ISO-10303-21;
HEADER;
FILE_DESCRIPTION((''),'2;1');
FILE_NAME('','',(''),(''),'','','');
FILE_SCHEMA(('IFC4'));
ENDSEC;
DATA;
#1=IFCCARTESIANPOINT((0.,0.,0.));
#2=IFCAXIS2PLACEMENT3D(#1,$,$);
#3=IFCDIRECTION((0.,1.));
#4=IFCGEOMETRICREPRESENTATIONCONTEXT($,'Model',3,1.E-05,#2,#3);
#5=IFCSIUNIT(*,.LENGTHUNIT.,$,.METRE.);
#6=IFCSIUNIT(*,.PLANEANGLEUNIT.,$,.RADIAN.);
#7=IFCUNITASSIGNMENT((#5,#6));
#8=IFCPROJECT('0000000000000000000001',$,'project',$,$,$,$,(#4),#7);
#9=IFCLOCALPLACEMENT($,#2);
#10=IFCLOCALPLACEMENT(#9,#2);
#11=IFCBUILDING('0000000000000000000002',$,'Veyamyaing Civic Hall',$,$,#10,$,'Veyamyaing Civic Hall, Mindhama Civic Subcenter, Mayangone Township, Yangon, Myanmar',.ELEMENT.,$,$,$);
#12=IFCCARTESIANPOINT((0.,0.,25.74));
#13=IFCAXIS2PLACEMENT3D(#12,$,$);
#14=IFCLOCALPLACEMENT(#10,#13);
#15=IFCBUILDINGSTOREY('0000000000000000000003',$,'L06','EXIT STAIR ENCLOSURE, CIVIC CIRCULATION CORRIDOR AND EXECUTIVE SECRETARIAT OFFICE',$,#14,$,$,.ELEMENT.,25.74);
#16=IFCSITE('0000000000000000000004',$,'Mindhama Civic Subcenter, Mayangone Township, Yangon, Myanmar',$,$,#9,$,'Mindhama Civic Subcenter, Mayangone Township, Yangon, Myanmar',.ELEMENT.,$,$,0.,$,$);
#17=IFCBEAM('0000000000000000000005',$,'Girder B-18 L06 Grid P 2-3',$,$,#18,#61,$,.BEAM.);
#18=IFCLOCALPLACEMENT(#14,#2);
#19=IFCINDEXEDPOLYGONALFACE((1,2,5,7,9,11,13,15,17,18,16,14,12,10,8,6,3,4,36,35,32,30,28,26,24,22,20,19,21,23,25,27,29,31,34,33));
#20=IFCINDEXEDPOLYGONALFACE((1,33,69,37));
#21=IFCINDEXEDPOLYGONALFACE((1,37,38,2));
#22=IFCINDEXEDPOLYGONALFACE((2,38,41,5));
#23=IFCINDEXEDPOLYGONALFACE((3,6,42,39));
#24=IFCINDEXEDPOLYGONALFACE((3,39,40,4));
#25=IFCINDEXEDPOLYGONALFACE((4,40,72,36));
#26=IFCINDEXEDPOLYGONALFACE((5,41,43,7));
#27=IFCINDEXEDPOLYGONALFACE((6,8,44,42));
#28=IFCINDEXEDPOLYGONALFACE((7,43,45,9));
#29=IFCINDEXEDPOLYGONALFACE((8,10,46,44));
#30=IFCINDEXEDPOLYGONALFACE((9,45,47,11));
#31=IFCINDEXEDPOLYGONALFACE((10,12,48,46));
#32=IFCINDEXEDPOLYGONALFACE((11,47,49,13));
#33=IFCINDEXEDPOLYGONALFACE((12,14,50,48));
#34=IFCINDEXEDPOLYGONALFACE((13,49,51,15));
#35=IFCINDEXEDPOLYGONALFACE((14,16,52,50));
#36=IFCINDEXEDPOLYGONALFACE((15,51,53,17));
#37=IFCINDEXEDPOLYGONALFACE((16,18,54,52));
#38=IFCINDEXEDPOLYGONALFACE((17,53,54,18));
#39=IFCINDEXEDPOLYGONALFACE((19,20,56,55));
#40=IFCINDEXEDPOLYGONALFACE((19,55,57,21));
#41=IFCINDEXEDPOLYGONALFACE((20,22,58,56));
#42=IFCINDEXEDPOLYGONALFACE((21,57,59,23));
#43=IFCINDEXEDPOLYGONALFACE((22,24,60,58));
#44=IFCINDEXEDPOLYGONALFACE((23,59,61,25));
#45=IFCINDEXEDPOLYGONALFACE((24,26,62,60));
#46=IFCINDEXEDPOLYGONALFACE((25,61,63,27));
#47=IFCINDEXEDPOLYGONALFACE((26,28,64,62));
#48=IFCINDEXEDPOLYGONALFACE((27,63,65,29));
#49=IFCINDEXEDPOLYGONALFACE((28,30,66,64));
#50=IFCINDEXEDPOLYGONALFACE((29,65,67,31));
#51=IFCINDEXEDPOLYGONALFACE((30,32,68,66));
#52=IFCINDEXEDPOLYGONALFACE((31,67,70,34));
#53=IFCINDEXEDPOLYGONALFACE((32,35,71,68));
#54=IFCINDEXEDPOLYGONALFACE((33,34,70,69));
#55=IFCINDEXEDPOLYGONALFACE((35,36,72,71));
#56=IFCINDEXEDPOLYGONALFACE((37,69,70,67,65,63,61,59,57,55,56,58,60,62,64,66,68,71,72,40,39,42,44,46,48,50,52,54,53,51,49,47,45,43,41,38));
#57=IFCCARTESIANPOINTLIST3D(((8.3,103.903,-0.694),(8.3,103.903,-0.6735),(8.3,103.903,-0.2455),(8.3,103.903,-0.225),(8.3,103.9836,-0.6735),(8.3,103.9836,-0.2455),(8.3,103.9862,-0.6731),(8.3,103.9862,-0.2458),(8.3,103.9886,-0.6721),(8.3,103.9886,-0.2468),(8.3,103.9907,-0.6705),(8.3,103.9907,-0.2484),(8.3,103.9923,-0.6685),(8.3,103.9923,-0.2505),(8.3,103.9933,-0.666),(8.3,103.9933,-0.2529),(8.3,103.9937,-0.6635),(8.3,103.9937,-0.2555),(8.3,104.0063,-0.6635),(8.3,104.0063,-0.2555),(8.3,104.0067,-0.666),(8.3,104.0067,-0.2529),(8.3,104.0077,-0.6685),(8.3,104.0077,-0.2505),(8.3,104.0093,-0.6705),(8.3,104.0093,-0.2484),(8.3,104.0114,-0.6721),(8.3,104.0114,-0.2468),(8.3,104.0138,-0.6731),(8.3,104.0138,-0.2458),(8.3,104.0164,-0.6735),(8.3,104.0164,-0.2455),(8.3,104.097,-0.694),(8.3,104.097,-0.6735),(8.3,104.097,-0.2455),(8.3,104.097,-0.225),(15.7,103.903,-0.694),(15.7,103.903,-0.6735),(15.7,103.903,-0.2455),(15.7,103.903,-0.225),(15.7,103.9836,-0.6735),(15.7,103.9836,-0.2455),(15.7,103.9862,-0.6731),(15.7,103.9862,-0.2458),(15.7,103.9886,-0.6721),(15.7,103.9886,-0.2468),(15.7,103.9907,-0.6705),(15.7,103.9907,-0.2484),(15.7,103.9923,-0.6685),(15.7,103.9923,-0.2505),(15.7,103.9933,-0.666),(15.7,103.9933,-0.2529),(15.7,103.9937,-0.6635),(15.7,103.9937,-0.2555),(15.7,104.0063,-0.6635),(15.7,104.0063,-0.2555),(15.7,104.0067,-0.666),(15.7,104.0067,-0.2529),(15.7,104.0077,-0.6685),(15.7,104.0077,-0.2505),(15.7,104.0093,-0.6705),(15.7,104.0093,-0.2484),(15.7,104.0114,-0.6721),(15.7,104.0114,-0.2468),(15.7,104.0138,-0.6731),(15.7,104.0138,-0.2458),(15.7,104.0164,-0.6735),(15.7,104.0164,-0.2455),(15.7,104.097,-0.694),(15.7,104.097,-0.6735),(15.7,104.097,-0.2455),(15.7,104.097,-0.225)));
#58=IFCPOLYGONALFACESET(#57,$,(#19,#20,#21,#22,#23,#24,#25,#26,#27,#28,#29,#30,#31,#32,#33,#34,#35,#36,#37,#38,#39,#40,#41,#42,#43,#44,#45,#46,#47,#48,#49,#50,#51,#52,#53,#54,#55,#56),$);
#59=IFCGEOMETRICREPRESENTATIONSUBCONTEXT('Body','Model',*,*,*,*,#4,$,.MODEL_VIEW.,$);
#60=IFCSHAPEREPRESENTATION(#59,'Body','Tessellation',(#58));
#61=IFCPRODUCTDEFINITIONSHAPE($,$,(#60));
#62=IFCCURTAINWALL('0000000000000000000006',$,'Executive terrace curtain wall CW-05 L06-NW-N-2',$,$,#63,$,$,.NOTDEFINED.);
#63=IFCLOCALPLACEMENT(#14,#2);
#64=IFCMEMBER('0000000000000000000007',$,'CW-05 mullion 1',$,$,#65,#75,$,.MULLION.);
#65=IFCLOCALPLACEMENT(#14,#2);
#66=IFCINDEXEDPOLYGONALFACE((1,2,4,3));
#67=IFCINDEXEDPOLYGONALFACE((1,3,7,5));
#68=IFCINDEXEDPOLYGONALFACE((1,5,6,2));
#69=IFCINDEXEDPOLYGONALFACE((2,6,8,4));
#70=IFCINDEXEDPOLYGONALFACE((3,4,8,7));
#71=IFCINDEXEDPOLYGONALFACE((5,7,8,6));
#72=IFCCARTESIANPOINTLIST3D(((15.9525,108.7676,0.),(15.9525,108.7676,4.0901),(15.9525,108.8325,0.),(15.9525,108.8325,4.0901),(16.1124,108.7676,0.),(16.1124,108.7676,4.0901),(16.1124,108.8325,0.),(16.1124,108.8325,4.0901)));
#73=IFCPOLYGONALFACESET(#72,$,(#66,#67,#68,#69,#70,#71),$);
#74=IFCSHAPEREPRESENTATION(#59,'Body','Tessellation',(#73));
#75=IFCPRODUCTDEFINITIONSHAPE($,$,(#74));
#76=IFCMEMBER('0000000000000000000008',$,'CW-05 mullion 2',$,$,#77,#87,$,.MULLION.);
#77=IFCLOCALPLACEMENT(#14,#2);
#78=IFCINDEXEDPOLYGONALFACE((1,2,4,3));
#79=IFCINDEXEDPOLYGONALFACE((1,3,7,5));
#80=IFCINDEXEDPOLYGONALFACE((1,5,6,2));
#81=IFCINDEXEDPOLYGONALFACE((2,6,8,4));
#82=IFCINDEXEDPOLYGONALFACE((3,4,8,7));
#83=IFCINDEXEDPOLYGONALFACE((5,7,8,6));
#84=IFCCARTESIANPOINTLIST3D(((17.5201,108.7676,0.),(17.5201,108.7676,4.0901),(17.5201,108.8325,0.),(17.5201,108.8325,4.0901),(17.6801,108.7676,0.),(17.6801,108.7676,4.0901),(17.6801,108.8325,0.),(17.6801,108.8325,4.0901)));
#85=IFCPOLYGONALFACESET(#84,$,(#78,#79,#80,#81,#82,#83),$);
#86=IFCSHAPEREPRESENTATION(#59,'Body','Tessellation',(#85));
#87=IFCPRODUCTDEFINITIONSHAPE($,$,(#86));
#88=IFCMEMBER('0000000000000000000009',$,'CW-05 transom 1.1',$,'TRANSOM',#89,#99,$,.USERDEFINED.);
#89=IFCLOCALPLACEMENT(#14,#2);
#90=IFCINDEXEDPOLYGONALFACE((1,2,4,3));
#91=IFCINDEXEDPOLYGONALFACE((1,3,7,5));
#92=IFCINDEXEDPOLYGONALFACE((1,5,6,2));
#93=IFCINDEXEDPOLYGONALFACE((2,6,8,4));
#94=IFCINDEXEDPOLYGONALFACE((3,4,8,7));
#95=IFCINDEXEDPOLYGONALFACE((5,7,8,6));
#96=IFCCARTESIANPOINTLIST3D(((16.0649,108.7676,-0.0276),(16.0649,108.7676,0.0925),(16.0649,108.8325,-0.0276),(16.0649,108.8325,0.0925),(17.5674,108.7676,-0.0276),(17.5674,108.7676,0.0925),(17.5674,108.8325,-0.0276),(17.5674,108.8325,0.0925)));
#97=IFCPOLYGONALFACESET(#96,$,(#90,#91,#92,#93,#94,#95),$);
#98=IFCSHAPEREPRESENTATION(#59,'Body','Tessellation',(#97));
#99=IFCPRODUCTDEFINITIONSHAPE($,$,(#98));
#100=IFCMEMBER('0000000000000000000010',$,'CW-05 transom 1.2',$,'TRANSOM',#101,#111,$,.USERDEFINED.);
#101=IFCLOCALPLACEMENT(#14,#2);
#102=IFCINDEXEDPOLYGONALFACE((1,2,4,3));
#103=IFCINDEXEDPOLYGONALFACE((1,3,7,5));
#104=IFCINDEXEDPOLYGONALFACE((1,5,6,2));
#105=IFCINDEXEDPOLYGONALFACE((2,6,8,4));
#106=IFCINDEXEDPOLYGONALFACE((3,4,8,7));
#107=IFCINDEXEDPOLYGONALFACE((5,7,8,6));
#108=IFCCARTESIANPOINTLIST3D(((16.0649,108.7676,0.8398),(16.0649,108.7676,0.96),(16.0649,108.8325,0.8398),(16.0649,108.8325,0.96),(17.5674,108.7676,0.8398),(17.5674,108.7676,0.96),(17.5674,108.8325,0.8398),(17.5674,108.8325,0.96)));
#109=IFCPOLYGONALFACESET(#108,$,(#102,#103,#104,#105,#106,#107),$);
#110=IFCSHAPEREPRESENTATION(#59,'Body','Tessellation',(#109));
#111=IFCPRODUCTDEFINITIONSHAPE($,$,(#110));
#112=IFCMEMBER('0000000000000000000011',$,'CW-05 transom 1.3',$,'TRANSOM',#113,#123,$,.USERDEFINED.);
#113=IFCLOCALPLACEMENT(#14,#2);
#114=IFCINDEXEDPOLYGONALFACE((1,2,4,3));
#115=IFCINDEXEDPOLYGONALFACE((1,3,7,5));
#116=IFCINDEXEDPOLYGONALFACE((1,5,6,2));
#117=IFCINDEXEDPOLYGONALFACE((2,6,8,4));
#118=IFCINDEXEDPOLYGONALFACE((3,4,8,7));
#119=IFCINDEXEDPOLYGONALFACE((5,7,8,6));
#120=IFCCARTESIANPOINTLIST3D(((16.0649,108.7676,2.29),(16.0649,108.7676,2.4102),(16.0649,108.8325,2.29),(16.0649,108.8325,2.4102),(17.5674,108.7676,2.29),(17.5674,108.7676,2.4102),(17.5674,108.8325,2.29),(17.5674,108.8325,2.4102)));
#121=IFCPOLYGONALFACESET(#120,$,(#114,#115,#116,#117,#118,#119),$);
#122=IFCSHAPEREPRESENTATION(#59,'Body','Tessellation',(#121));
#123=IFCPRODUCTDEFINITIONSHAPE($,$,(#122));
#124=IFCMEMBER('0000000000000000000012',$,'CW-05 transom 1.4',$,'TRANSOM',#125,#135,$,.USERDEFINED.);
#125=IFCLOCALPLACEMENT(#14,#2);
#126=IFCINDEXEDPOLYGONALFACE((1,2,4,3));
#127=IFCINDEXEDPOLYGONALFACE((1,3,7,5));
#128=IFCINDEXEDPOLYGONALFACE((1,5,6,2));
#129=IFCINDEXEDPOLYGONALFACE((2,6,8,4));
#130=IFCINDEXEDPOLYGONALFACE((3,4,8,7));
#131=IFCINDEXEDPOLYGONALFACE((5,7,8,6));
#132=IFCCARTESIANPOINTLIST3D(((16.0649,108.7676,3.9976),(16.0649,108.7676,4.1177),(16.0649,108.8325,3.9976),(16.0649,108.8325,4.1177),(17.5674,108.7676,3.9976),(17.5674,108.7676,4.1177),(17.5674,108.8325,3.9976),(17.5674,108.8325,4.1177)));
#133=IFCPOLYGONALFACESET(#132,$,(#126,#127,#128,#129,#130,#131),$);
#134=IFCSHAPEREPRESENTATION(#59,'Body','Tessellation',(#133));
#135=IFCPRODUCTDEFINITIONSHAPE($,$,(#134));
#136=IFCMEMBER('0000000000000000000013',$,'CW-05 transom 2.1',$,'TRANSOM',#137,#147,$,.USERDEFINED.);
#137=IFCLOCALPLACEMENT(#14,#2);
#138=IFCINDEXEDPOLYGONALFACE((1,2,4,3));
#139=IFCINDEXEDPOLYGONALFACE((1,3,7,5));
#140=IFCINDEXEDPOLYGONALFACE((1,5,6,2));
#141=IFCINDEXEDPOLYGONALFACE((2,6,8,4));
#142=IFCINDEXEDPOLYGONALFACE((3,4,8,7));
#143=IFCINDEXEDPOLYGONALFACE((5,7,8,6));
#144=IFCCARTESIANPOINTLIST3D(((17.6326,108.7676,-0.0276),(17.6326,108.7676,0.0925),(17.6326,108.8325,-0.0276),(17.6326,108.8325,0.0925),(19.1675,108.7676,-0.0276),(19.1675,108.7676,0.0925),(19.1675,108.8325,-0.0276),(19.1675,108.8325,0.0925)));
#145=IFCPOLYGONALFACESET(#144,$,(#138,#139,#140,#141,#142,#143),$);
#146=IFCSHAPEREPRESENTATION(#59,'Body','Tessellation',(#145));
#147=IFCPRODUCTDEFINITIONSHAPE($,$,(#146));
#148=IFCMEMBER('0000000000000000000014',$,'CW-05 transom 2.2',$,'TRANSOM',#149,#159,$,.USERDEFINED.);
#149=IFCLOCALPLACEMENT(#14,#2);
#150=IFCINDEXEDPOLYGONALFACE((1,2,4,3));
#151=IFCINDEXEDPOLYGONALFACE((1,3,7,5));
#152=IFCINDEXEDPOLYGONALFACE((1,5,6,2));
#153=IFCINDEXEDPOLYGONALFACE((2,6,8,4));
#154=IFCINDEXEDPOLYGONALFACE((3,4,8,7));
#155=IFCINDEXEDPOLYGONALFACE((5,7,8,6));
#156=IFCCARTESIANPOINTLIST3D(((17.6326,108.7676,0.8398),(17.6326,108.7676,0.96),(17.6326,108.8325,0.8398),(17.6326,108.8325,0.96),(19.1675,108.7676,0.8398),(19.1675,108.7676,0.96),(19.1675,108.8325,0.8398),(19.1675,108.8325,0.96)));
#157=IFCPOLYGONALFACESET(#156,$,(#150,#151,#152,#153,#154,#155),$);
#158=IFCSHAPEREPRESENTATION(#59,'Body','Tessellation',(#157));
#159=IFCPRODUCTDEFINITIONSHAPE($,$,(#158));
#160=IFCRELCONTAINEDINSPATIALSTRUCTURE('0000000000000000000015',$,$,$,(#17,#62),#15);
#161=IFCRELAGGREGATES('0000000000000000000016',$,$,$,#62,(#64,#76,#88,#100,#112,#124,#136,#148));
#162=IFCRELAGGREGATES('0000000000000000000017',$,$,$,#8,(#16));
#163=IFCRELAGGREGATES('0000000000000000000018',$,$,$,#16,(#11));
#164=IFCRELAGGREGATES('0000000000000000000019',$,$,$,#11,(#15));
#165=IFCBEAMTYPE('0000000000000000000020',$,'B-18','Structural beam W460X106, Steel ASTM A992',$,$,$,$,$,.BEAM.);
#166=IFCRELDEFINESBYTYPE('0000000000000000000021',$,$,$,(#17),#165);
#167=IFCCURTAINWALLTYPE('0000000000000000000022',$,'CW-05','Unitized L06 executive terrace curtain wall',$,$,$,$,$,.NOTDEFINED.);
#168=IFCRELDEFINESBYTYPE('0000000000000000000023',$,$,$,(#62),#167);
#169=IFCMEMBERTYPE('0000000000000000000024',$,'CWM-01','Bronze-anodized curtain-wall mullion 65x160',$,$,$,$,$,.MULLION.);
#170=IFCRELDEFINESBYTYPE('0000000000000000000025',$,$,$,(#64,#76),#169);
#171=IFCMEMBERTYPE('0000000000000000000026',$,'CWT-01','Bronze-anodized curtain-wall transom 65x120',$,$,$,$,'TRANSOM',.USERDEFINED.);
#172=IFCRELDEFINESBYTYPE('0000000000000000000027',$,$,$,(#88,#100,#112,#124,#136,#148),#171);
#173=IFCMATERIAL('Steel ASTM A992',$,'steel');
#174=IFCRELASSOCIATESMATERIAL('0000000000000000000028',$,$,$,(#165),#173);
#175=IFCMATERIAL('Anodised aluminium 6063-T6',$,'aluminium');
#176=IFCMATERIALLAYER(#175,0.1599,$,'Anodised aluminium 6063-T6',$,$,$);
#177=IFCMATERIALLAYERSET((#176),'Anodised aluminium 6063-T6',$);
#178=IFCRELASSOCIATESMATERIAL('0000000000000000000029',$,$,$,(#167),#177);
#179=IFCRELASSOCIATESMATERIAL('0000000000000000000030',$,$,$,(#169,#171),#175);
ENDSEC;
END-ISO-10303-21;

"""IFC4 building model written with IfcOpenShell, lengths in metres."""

from ifc_helpers import new_model, si_unit, direction, frame, origin, origin_2d, place, context, subcontext, project, spatial, rectangle, i_section, extrude, material, layer, layer_set, material_profile, profile_set, type_object, element, aggregate, save


model = new_model("IFC4")

# Units and contexts
model_context = context("Model", 3, precision=1e-05, world=origin(), true_north=direction((0.0, 1.0)))
body_context = subcontext(model_context, "Body", "Model", "MODEL_VIEW")
ifc_project = project(units=[si_unit("LENGTHUNIT", "METRE"), si_unit("PLANEANGLEUNIT", "RADIAN")], contexts=[model_context])

# Site, building, storey
site_placement = place(None, origin())
site = spatial("IfcSite", under=ifc_project, at=site_placement, Name="Mindhama Civic Subcenter, Mayangone Township, Yangon, Myanmar", LongName="Mindhama Civic Subcenter, Mayangone Township, Yangon, Myanmar", CompositionType="ELEMENT", RefElevation=0.0)
building_placement = place(site_placement, origin())
building = spatial("IfcBuilding", under=site, at=building_placement, Name="Veyamyaing Civic Hall", LongName="Veyamyaing Civic Hall, Mindhama Civic Subcenter, Mayangone Township, Yangon, Myanmar", CompositionType="ELEMENT")
storey_placement = place(building_placement, frame((0.0, 0.0, 25.74)))
storey = spatial("IfcBuildingStorey", under=building, at=storey_placement, Name="L06", Description="EXIT STAIR ENCLOSURE, CIVIC CIRCULATION CORRIDOR AND EXECUTIVE SECRETARIAT OFFICE", CompositionType="ELEMENT", Elevation=25.74)

# Beam
ifc_material_1 = material(Name="Steel ASTM A992", Category="steel")
ifc_material_profile_1 = material_profile(ifc_material_1, i_section(OverallWidth=0.1941, OverallDepth=0.469, WebThickness=0.0127, FlangeThickness=0.0205, FilletRadius=0.01, at=origin_2d()), Name="W460X106")
ifc_profile_set_1 = profile_set([ifc_material_profile_1], Name="Steel ASTM A992")
beam_type_1 = type_object("IfcBeamType", Name="B-18", Description="Structural beam W460X106, Steel ASTM A992", PredefinedType="BEAM", material=ifc_profile_set_1)
beam_1_placement = place(storey_placement, frame((8.3, 104.0, -0.4595), z_axis=(1.0, 0.0, 0.0), x_axis=(0.0, 1.0, 0.0)))
element("IfcBeam", 1, at=beam_1_placement, inside=storey, type_object=beam_type_1, Name="Girder B-18 L06 Grid P 2-3", PredefinedType="BEAM", context=body_context, shape_type="SweptSolid", body=[
    extrude(i_section(OverallWidth=0.1941, OverallDepth=0.469, WebThickness=0.0127, FlangeThickness=0.0205, FilletRadius=0.01, at=origin_2d()), origin(), (0.0, 0.0, 1.0), 7.3999),
])

# Curtain wall, members
ifc_material_2 = material(Name="Anodised aluminium 6063-T6", Category="aluminium")
ifc_layer_1 = layer(ifc_material_2, 0.1599, Name="Anodised aluminium 6063-T6")
ifc_layer_set_1 = layer_set([ifc_layer_1], Name="Anodised aluminium 6063-T6")
curtain_wall_type = type_object("IfcCurtainWallType", Name="CW-05", Description="Unitized L06 executive terrace curtain wall", PredefinedType="NOTDEFINED", material=ifc_layer_set_1)
curtain_wall_placement = place(storey_placement, origin())
curtain_wall = element("IfcCurtainWall", 2, at=curtain_wall_placement, inside=storey, type_object=curtain_wall_type, Name="Executive terrace curtain wall CW-05 L06-NW-N-2", PredefinedType="NOTDEFINED")
ifc_material_profile_2 = material_profile(ifc_material_2, rectangle(XDim=0.0649, YDim=0.1599, at=origin_2d()), Name="ALU-MUL-65X160")
ifc_profile_set_2 = profile_set([ifc_material_profile_2], Name="Anodised aluminium 6063-T6")
member_type_1 = type_object("IfcMemberType", Name="CWM-01", Description="Bronze-anodized curtain-wall mullion 65x160", PredefinedType="MULLION", material=ifc_profile_set_2)
member_1_placement = place(storey_placement, frame((16.0325, 108.8, 0.0), z_axis=(0.0, 0.0, 1.0), x_axis=(0.0, 1.0, 0.0)))
member_1 = element("IfcMember", 3, at=member_1_placement, type_object=member_type_1, Name="CW-05 mullion 1", PredefinedType="MULLION", context=body_context, shape_type="SweptSolid", body=[
    extrude(rectangle(XDim=0.0649, YDim=0.1599, at=origin_2d()), origin(), (0.0, 0.0, 1.0), 4.0901),
])
member_2_placement = place(storey_placement, frame((17.6001, 108.8, 0.0), z_axis=(0.0, 0.0, 1.0), x_axis=(0.0, 1.0, 0.0)))
member_2 = element("IfcMember", 4, at=member_2_placement, type_object=member_type_1, Name="CW-05 mullion 2", PredefinedType="MULLION", context=body_context, shape_type="SweptSolid", body=[
    extrude(rectangle(XDim=0.0649, YDim=0.1599, at=origin_2d()), origin(), (0.0, 0.0, 1.0), 4.0901),
])
ifc_material_profile_3 = material_profile(ifc_material_2, rectangle(XDim=0.0649, YDim=0.1201, at=origin_2d()), Name="ALU-TRN-65X120")
ifc_profile_set_3 = profile_set([ifc_material_profile_3], Name="Anodised aluminium 6063-T6")
member_type_2 = type_object("IfcMemberType", Name="CWT-01", Description="Bronze-anodized curtain-wall transom 65x120", ElementType="TRANSOM", PredefinedType="USERDEFINED", material=ifc_profile_set_3)
member_3_placement = place(storey_placement, frame((16.0649, 108.8, 0.0325), z_axis=(1.0, 0.0, 0.0), x_axis=(0.0, 1.0, 0.0)))
member_3 = element("IfcMember", 5, at=member_3_placement, type_object=member_type_2, Name="CW-05 transom 1.1", ObjectType="TRANSOM", PredefinedType="USERDEFINED", context=body_context, shape_type="SweptSolid", body=[
    extrude(rectangle(XDim=0.0649, YDim=0.1201, at=origin_2d()), origin(), (0.0, 0.0, 1.0), 1.5024),
])
member_4_placement = place(storey_placement, frame((16.0649, 108.8, 0.8999), z_axis=(1.0, 0.0, 0.0), x_axis=(0.0, 1.0, 0.0)))
member_4 = element("IfcMember", 6, at=member_4_placement, type_object=member_type_2, Name="CW-05 transom 1.2", ObjectType="TRANSOM", PredefinedType="USERDEFINED", context=body_context, shape_type="SweptSolid", body=[
    extrude(rectangle(XDim=0.0649, YDim=0.1201, at=origin_2d()), origin(), (0.0, 0.0, 1.0), 1.5024),
])
member_5_placement = place(storey_placement, frame((16.0649, 108.8, 2.3501), z_axis=(1.0, 0.0, 0.0), x_axis=(0.0, 1.0, 0.0)))
member_5 = element("IfcMember", 7, at=member_5_placement, type_object=member_type_2, Name="CW-05 transom 1.3", ObjectType="TRANSOM", PredefinedType="USERDEFINED", context=body_context, shape_type="SweptSolid", body=[
    extrude(rectangle(XDim=0.0649, YDim=0.1201, at=origin_2d()), origin(), (0.0, 0.0, 1.0), 1.5024),
])
member_6_placement = place(storey_placement, frame((16.0649, 108.8, 4.0576), z_axis=(1.0, 0.0, 0.0), x_axis=(0.0, 1.0, 0.0)))
member_6 = element("IfcMember", 8, at=member_6_placement, type_object=member_type_2, Name="CW-05 transom 1.4", ObjectType="TRANSOM", PredefinedType="USERDEFINED", context=body_context, shape_type="SweptSolid", body=[
    extrude(rectangle(XDim=0.0649, YDim=0.1201, at=origin_2d()), origin(), (0.0, 0.0, 1.0), 1.5024),
])
member_7_placement = place(storey_placement, frame((17.6326, 108.8, 0.0325), z_axis=(1.0, 0.0, 0.0), x_axis=(0.0, 1.0, 0.0)))
member_7 = element("IfcMember", 9, at=member_7_placement, type_object=member_type_2, Name="CW-05 transom 2.1", ObjectType="TRANSOM", PredefinedType="USERDEFINED", context=body_context, shape_type="SweptSolid", body=[
    extrude(rectangle(XDim=0.0649, YDim=0.1201, at=origin_2d()), origin(), (0.0, 0.0, 1.0), 1.5349),
])
member_8_placement = place(storey_placement, frame((17.6326, 108.8, 0.8999), z_axis=(1.0, 0.0, 0.0), x_axis=(0.0, 1.0, 0.0)))
member_8 = element("IfcMember", 10, at=member_8_placement, type_object=member_type_2, Name="CW-05 transom 2.2", ObjectType="TRANSOM", PredefinedType="USERDEFINED", context=body_context, shape_type="SweptSolid", body=[
    extrude(rectangle(XDim=0.0649, YDim=0.1201, at=origin_2d()), origin(), (0.0, 0.0, 1.0), 1.5349),
])

aggregate(curtain_wall, [member_1, member_2, member_3, member_4, member_5, member_6, member_7, member_8])

save(model, "model.ifc")
